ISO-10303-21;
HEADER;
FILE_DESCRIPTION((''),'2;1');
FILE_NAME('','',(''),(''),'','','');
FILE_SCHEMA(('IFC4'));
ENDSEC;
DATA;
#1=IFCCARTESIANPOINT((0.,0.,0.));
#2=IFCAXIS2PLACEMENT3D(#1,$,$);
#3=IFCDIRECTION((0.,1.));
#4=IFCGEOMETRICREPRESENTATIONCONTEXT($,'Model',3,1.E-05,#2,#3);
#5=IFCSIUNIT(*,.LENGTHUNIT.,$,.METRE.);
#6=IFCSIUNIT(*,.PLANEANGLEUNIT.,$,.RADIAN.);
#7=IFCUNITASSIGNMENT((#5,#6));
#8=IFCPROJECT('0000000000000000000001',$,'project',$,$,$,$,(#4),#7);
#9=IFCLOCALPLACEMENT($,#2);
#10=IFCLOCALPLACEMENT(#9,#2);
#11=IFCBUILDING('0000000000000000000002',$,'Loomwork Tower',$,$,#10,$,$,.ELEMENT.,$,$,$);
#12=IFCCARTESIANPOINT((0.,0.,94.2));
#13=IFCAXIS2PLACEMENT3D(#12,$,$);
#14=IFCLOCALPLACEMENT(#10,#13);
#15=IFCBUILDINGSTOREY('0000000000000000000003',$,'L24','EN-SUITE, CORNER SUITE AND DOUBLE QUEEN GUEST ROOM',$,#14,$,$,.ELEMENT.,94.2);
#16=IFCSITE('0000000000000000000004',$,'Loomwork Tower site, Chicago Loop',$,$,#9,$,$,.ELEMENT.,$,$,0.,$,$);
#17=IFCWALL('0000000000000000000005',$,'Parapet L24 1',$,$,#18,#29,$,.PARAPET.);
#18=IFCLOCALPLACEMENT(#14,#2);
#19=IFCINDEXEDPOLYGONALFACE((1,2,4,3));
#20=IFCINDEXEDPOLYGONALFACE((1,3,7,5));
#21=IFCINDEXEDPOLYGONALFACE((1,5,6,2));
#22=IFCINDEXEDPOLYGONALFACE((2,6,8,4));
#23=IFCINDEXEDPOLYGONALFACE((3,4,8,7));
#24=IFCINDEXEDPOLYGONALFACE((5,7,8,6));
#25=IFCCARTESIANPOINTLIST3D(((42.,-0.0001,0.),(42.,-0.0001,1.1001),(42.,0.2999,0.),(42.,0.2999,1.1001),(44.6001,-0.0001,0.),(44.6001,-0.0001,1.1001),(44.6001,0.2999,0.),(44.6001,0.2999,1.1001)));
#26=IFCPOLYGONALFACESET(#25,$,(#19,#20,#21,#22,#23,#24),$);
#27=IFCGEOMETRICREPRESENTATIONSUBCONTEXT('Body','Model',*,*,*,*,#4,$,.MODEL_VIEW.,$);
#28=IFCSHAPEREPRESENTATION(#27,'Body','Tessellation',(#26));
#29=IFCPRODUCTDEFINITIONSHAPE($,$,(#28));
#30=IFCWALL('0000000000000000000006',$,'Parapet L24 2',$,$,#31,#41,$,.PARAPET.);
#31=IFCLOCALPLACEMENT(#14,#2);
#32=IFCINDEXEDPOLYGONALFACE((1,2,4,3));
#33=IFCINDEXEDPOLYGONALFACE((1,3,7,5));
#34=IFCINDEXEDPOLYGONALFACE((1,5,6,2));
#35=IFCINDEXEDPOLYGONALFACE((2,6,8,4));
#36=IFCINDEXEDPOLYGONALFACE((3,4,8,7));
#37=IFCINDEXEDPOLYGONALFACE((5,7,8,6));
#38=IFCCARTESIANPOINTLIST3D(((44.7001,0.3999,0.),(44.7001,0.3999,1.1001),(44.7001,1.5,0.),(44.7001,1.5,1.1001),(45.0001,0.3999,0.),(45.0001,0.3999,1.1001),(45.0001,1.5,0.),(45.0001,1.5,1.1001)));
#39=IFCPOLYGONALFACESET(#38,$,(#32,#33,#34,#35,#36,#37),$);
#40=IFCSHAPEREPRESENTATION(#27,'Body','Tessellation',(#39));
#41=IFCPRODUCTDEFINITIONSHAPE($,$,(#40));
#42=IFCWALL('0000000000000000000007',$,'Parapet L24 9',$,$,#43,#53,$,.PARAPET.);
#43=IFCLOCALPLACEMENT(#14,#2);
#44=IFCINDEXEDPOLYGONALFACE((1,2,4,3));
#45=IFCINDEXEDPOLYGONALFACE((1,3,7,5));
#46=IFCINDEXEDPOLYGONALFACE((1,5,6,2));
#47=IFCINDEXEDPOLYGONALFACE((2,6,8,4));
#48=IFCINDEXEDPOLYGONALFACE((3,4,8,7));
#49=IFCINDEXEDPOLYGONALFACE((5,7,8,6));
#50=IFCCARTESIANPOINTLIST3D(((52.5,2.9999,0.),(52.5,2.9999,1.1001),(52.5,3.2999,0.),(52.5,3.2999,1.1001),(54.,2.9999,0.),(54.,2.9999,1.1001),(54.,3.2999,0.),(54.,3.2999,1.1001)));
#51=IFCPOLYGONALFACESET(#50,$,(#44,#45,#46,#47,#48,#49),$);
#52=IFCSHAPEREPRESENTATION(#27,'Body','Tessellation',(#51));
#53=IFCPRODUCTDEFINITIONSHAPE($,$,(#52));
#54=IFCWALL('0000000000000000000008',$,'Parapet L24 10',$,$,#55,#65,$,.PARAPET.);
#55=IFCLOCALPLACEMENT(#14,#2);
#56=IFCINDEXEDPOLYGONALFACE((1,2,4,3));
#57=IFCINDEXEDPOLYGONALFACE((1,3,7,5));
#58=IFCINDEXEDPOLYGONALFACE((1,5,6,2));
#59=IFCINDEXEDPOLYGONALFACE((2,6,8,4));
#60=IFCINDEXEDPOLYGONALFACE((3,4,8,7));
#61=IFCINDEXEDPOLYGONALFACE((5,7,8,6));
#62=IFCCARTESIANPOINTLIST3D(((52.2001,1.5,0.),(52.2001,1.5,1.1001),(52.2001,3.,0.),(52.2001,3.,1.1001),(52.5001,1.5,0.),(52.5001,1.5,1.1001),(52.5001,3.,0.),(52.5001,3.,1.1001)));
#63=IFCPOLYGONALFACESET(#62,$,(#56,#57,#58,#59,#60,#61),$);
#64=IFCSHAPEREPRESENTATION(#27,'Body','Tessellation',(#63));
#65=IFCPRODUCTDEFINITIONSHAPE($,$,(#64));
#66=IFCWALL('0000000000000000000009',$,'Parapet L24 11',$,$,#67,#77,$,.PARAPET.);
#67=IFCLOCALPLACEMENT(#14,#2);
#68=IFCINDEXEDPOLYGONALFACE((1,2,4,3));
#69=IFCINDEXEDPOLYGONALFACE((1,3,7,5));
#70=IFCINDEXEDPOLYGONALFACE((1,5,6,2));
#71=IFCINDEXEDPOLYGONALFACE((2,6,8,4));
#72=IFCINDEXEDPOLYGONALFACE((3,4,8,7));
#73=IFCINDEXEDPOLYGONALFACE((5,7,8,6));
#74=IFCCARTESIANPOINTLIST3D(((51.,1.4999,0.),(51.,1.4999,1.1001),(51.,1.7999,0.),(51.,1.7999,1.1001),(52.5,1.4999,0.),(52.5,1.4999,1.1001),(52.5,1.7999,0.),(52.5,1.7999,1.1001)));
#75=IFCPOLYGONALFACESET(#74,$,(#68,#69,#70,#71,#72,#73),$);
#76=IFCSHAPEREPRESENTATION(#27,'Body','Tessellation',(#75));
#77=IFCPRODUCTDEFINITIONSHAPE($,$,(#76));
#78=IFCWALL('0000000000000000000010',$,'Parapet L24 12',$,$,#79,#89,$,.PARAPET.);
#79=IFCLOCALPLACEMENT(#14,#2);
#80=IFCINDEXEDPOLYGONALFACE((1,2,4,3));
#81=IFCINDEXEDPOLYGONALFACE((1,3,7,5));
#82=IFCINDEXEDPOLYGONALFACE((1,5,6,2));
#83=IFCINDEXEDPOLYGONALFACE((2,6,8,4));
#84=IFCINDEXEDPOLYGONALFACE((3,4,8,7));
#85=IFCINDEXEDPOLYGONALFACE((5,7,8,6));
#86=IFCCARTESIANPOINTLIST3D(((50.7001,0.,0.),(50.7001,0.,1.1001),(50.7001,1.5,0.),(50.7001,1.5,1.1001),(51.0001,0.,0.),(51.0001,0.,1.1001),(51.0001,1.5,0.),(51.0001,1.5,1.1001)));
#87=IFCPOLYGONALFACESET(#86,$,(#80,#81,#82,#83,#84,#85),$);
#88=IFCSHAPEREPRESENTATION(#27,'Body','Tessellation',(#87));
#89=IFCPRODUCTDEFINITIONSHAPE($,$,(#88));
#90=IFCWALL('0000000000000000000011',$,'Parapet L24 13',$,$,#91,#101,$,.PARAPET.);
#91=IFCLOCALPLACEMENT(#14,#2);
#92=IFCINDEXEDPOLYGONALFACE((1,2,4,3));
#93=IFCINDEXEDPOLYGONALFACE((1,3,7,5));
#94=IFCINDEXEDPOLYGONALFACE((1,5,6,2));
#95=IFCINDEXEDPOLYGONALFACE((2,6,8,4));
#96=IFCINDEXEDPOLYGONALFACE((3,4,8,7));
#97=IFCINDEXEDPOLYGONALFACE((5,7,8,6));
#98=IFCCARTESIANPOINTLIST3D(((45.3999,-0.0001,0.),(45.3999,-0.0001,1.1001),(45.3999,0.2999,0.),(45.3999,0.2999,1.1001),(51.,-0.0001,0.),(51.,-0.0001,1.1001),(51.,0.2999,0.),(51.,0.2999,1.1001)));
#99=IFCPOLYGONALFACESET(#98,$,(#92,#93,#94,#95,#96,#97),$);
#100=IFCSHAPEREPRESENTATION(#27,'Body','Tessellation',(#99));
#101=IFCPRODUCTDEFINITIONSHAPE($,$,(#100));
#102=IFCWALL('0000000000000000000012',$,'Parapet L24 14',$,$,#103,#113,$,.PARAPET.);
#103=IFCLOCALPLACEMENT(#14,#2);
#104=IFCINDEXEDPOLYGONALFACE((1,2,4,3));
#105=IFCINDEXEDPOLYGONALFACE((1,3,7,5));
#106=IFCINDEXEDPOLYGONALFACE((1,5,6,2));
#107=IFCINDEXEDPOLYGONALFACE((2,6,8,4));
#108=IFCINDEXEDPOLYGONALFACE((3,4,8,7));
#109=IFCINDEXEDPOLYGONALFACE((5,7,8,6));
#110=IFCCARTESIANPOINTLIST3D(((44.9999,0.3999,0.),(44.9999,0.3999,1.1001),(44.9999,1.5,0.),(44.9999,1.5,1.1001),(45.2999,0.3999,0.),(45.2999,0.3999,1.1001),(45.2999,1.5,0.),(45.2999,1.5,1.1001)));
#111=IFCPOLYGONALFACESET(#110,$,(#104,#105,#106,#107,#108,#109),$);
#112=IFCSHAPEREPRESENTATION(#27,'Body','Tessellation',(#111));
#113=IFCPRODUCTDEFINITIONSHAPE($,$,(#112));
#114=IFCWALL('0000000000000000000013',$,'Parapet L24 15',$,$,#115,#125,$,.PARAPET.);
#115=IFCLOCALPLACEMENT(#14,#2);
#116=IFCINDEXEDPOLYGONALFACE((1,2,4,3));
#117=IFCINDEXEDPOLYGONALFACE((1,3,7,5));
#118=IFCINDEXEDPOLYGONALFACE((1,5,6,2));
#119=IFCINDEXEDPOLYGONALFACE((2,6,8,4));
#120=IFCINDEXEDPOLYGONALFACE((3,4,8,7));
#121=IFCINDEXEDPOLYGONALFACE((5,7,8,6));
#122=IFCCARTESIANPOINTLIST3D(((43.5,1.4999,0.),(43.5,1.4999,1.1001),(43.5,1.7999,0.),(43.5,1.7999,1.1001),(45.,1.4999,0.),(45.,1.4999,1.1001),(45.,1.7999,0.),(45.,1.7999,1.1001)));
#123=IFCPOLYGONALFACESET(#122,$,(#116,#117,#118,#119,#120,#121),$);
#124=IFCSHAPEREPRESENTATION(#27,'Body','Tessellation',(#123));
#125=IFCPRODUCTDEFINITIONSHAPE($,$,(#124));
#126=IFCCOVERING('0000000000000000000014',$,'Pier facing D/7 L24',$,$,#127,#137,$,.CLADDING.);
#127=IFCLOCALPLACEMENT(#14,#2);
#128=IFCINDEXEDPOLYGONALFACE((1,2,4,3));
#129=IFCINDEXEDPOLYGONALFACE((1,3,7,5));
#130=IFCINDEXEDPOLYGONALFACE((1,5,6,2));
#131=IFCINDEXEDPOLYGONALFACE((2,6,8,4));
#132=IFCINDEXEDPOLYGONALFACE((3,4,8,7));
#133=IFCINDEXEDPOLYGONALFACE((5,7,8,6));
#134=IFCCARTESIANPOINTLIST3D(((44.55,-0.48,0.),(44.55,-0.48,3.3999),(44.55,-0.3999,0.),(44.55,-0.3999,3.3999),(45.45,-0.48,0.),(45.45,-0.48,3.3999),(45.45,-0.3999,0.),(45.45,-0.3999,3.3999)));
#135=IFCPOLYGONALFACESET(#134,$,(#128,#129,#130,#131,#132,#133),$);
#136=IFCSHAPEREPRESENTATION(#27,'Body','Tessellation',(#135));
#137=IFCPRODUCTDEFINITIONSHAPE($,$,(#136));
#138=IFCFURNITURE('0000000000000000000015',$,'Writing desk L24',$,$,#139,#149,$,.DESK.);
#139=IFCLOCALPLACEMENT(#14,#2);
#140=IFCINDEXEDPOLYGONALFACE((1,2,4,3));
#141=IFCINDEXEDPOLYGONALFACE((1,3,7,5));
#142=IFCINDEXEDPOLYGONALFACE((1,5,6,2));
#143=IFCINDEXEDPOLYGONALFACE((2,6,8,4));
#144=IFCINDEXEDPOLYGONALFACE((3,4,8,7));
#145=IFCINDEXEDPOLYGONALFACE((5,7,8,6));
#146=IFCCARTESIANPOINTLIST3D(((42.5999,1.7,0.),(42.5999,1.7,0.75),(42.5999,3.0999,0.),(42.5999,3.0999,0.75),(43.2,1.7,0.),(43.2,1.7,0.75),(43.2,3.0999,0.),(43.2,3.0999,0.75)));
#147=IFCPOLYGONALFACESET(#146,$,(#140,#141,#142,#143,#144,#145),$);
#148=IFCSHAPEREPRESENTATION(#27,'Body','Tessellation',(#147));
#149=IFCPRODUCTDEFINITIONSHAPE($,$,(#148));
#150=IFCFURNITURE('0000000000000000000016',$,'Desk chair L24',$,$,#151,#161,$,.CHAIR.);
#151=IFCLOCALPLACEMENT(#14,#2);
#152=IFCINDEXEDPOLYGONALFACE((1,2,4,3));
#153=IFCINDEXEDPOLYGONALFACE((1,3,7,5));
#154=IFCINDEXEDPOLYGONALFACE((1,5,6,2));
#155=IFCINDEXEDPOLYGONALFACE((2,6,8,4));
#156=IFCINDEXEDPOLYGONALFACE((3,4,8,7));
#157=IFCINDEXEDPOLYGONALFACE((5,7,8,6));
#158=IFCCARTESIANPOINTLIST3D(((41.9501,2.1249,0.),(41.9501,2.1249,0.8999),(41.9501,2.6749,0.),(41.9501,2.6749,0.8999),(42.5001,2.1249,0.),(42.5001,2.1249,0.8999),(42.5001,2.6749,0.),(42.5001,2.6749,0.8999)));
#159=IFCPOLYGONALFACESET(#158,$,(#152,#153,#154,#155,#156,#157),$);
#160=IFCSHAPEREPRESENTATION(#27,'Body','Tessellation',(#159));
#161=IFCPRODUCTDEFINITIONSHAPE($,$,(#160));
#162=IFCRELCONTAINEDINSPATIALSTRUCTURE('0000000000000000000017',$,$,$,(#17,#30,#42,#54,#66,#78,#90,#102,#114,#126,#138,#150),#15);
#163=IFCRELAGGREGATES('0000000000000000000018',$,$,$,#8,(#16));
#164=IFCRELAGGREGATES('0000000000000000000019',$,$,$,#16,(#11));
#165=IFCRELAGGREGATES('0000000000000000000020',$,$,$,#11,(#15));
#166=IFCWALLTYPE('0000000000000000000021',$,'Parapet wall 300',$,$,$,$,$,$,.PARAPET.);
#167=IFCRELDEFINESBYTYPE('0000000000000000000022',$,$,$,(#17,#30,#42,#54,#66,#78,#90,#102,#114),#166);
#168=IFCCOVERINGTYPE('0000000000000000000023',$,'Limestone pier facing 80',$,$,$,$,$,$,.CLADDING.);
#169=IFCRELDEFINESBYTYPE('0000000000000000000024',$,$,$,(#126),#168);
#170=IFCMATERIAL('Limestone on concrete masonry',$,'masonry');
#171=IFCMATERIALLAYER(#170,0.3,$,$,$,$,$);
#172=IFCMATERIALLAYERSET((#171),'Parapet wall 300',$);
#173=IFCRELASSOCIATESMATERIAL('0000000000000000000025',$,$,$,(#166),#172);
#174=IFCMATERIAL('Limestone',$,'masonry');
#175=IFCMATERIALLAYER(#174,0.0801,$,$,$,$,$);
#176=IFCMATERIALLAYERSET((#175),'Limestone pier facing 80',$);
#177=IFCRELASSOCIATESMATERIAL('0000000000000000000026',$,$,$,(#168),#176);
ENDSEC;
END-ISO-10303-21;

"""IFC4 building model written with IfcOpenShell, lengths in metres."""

from ifc_helpers import new_model, si_unit, direction, frame, frame_2d, origin, origin_2d, place, context, subcontext, project, spatial, rectangle, extrude, material, layer, layer_set, type_object, element, save


model = new_model("IFC4")

# Units and contexts
model_context = context("Model", 3, precision=1e-05, world=origin(), true_north=direction((0.0, 1.0)))
body_context = subcontext(model_context, "Body", "Model", "MODEL_VIEW")
ifc_project = project(units=[si_unit("LENGTHUNIT", "METRE"), si_unit("PLANEANGLEUNIT", "RADIAN")], contexts=[model_context])

# Site, building, storey
site_placement = place(None, origin())
site = spatial("IfcSite", under=ifc_project, at=site_placement, Name="Loomwork Tower site, Chicago Loop", CompositionType="ELEMENT", RefElevation=0.0)
building_placement = place(site_placement, origin())
building = spatial("IfcBuilding", under=site, at=building_placement, Name="Loomwork Tower", CompositionType="ELEMENT")
storey_placement = place(building_placement, frame((0.0, 0.0, 94.2)))
storey = spatial("IfcBuildingStorey", under=building, at=storey_placement, Name="L24", Description="EN-SUITE, CORNER SUITE AND DOUBLE QUEEN GUEST ROOM", CompositionType="ELEMENT", Elevation=94.2)

# Walls
ifc_material_1 = material(Name="Limestone on concrete masonry", Category="masonry")
ifc_layer_1 = layer(ifc_material_1, 0.3)
ifc_layer_set_1 = layer_set([ifc_layer_1], Name="Parapet wall 300")
wall_type_1 = type_object("IfcWallType", Name="Parapet wall 300", PredefinedType="PARAPET", material=ifc_layer_set_1)
wall_1_placement = place(storey_placement, frame((44.6001, 0.1499, 0.0), z_axis=(0.0, 0.0, 1.0), x_axis=(-1.0, 0.0, 0.0)))
element("IfcWall", 1, at=wall_1_placement, inside=storey, type_object=wall_type_1, Name="Parapet L24 1", PredefinedType="PARAPET", context=body_context, shape_type="SweptSolid", body=[
    extrude(rectangle(XDim=2.6001, YDim=0.3, at=frame_2d((1.3, 0.0))), origin(), (0.0, 0.0, 1.0), 1.1001),
])
wall_2_placement = place(storey_placement, frame((44.8501, 1.5, 0.0), z_axis=(0.0, 0.0, 1.0), x_axis=(0.0, -1.0, 0.0)))
element("IfcWall", 2, at=wall_2_placement, inside=storey, type_object=wall_type_1, Name="Parapet L24 2", PredefinedType="PARAPET", context=body_context, shape_type="SweptSolid", body=[
    extrude(rectangle(XDim=1.1001, YDim=0.3, at=frame_2d((0.55, 0.0))), origin(), (0.0, 0.0, 1.0), 1.1001),
])
for number, where, z_axis, x_axis, name in (
    (3, (54.0, 3.1499, 0.0), (0.0, 0.0, 1.0), (-1.0, 0.0, 0.0), "Parapet L24 9"),
    (4, (52.3501, 3.0, 0.0), (0.0, 0.0, 1.0), (0.0, -1.0, 0.0), "Parapet L24 10"),
    (5, (52.5, 1.6499, 0.0), (0.0, 0.0, 1.0), (-1.0, 0.0, 0.0), "Parapet L24 11"),
    (6, (50.8501, 1.5, 0.0), (0.0, 0.0, 1.0), (0.0, -1.0, 0.0), "Parapet L24 12"),
):
    element("IfcWall", number, at=place(storey_placement, frame(where, z_axis=z_axis, x_axis=x_axis)), inside=storey, type_object=wall_type_1, Name=name, PredefinedType="PARAPET", context=body_context, shape_type="SweptSolid", body=[
        extrude(rectangle(XDim=1.5, YDim=0.3, at=frame_2d((0.75, 0.0))), origin(), (0.0, 0.0, 1.0), 1.1001),
    ])
wall_3_placement = place(storey_placement, frame((51.0, 0.1499, 0.0), z_axis=(0.0, 0.0, 1.0), x_axis=(-1.0, 0.0, 0.0)))
element("IfcWall", 7, at=wall_3_placement, inside=storey, type_object=wall_type_1, Name="Parapet L24 13", PredefinedType="PARAPET", context=body_context, shape_type="SweptSolid", body=[
    extrude(rectangle(XDim=5.6001, YDim=0.3, at=frame_2d((2.8, 0.0))), origin(), (0.0, 0.0, 1.0), 1.1001),
])
wall_4_placement = place(storey_placement, frame((45.1499, 0.3999, 0.0), z_axis=(0.0, 0.0, 1.0), x_axis=(0.0, 1.0, 0.0)))
element("IfcWall", 8, at=wall_4_placement, inside=storey, type_object=wall_type_1, Name="Parapet L24 14", PredefinedType="PARAPET", context=body_context, shape_type="SweptSolid", body=[
    extrude(rectangle(XDim=1.1001, YDim=0.3, at=frame_2d((0.55, 0.0))), origin(), (0.0, 0.0, 1.0), 1.1001),
])
wall_5_placement = place(storey_placement, frame((45.0, 1.6499, 0.0), z_axis=(0.0, 0.0, 1.0), x_axis=(-1.0, 0.0, 0.0)))
element("IfcWall", 9, at=wall_5_placement, inside=storey, type_object=wall_type_1, Name="Parapet L24 15", PredefinedType="PARAPET", context=body_context, shape_type="SweptSolid", body=[
    extrude(rectangle(XDim=1.5, YDim=0.3, at=frame_2d((0.75, 0.0))), origin(), (0.0, 0.0, 1.0), 1.1001),
])

# Covering
ifc_material_2 = material(Name="Limestone", Category="masonry")
ifc_layer_2 = layer(ifc_material_2, 0.0801)
ifc_layer_set_2 = layer_set([ifc_layer_2], Name="Limestone pier facing 80")
covering_type = type_object("IfcCoveringType", Name="Limestone pier facing 80", PredefinedType="CLADDING", material=ifc_layer_set_2)
covering_placement = place(storey_placement, frame((45.0, -0.4399, 0.0), z_axis=(0.0, 0.0, 1.0), x_axis=(1.0, 0.0, 0.0)))
element("IfcCovering", 10, at=covering_placement, inside=storey, type_object=covering_type, Name="Pier facing D/7 L24", PredefinedType="CLADDING", context=body_context, shape_type="SweptSolid", body=[
    extrude(rectangle(XDim=0.8999, YDim=0.0801, at=origin_2d()), origin(), (0.0, 0.0, 1.0), 3.3999),
])

# Furniture
furniture_1_placement = place(storey_placement, frame((42.8999, 2.3999, 0.0), z_axis=(0.0, 0.0, 1.0), x_axis=(1.0, 0.0, 0.0)))
element("IfcFurniture", 11, at=furniture_1_placement, inside=storey, Name="Writing desk L24", PredefinedType="DESK", context=body_context, shape_type="SweptSolid", body=[
    extrude(rectangle(XDim=0.6001, YDim=1.3999, at=origin_2d()), origin(), (0.0, 0.0, 1.0), 0.75),
])
furniture_2_placement = place(storey_placement, frame((42.2251, 2.3999, 0.0), z_axis=(0.0, 0.0, 1.0), x_axis=(1.0, 0.0, 0.0)))
element("IfcFurniture", 12, at=furniture_2_placement, inside=storey, Name="Desk chair L24", PredefinedType="CHAIR", context=body_context, shape_type="SweptSolid", body=[
    extrude(rectangle(XDim=0.55, YDim=0.55, at=origin_2d()), origin(), (0.0, 0.0, 1.0), 0.8999),
])

save(model, "model.ifc")
